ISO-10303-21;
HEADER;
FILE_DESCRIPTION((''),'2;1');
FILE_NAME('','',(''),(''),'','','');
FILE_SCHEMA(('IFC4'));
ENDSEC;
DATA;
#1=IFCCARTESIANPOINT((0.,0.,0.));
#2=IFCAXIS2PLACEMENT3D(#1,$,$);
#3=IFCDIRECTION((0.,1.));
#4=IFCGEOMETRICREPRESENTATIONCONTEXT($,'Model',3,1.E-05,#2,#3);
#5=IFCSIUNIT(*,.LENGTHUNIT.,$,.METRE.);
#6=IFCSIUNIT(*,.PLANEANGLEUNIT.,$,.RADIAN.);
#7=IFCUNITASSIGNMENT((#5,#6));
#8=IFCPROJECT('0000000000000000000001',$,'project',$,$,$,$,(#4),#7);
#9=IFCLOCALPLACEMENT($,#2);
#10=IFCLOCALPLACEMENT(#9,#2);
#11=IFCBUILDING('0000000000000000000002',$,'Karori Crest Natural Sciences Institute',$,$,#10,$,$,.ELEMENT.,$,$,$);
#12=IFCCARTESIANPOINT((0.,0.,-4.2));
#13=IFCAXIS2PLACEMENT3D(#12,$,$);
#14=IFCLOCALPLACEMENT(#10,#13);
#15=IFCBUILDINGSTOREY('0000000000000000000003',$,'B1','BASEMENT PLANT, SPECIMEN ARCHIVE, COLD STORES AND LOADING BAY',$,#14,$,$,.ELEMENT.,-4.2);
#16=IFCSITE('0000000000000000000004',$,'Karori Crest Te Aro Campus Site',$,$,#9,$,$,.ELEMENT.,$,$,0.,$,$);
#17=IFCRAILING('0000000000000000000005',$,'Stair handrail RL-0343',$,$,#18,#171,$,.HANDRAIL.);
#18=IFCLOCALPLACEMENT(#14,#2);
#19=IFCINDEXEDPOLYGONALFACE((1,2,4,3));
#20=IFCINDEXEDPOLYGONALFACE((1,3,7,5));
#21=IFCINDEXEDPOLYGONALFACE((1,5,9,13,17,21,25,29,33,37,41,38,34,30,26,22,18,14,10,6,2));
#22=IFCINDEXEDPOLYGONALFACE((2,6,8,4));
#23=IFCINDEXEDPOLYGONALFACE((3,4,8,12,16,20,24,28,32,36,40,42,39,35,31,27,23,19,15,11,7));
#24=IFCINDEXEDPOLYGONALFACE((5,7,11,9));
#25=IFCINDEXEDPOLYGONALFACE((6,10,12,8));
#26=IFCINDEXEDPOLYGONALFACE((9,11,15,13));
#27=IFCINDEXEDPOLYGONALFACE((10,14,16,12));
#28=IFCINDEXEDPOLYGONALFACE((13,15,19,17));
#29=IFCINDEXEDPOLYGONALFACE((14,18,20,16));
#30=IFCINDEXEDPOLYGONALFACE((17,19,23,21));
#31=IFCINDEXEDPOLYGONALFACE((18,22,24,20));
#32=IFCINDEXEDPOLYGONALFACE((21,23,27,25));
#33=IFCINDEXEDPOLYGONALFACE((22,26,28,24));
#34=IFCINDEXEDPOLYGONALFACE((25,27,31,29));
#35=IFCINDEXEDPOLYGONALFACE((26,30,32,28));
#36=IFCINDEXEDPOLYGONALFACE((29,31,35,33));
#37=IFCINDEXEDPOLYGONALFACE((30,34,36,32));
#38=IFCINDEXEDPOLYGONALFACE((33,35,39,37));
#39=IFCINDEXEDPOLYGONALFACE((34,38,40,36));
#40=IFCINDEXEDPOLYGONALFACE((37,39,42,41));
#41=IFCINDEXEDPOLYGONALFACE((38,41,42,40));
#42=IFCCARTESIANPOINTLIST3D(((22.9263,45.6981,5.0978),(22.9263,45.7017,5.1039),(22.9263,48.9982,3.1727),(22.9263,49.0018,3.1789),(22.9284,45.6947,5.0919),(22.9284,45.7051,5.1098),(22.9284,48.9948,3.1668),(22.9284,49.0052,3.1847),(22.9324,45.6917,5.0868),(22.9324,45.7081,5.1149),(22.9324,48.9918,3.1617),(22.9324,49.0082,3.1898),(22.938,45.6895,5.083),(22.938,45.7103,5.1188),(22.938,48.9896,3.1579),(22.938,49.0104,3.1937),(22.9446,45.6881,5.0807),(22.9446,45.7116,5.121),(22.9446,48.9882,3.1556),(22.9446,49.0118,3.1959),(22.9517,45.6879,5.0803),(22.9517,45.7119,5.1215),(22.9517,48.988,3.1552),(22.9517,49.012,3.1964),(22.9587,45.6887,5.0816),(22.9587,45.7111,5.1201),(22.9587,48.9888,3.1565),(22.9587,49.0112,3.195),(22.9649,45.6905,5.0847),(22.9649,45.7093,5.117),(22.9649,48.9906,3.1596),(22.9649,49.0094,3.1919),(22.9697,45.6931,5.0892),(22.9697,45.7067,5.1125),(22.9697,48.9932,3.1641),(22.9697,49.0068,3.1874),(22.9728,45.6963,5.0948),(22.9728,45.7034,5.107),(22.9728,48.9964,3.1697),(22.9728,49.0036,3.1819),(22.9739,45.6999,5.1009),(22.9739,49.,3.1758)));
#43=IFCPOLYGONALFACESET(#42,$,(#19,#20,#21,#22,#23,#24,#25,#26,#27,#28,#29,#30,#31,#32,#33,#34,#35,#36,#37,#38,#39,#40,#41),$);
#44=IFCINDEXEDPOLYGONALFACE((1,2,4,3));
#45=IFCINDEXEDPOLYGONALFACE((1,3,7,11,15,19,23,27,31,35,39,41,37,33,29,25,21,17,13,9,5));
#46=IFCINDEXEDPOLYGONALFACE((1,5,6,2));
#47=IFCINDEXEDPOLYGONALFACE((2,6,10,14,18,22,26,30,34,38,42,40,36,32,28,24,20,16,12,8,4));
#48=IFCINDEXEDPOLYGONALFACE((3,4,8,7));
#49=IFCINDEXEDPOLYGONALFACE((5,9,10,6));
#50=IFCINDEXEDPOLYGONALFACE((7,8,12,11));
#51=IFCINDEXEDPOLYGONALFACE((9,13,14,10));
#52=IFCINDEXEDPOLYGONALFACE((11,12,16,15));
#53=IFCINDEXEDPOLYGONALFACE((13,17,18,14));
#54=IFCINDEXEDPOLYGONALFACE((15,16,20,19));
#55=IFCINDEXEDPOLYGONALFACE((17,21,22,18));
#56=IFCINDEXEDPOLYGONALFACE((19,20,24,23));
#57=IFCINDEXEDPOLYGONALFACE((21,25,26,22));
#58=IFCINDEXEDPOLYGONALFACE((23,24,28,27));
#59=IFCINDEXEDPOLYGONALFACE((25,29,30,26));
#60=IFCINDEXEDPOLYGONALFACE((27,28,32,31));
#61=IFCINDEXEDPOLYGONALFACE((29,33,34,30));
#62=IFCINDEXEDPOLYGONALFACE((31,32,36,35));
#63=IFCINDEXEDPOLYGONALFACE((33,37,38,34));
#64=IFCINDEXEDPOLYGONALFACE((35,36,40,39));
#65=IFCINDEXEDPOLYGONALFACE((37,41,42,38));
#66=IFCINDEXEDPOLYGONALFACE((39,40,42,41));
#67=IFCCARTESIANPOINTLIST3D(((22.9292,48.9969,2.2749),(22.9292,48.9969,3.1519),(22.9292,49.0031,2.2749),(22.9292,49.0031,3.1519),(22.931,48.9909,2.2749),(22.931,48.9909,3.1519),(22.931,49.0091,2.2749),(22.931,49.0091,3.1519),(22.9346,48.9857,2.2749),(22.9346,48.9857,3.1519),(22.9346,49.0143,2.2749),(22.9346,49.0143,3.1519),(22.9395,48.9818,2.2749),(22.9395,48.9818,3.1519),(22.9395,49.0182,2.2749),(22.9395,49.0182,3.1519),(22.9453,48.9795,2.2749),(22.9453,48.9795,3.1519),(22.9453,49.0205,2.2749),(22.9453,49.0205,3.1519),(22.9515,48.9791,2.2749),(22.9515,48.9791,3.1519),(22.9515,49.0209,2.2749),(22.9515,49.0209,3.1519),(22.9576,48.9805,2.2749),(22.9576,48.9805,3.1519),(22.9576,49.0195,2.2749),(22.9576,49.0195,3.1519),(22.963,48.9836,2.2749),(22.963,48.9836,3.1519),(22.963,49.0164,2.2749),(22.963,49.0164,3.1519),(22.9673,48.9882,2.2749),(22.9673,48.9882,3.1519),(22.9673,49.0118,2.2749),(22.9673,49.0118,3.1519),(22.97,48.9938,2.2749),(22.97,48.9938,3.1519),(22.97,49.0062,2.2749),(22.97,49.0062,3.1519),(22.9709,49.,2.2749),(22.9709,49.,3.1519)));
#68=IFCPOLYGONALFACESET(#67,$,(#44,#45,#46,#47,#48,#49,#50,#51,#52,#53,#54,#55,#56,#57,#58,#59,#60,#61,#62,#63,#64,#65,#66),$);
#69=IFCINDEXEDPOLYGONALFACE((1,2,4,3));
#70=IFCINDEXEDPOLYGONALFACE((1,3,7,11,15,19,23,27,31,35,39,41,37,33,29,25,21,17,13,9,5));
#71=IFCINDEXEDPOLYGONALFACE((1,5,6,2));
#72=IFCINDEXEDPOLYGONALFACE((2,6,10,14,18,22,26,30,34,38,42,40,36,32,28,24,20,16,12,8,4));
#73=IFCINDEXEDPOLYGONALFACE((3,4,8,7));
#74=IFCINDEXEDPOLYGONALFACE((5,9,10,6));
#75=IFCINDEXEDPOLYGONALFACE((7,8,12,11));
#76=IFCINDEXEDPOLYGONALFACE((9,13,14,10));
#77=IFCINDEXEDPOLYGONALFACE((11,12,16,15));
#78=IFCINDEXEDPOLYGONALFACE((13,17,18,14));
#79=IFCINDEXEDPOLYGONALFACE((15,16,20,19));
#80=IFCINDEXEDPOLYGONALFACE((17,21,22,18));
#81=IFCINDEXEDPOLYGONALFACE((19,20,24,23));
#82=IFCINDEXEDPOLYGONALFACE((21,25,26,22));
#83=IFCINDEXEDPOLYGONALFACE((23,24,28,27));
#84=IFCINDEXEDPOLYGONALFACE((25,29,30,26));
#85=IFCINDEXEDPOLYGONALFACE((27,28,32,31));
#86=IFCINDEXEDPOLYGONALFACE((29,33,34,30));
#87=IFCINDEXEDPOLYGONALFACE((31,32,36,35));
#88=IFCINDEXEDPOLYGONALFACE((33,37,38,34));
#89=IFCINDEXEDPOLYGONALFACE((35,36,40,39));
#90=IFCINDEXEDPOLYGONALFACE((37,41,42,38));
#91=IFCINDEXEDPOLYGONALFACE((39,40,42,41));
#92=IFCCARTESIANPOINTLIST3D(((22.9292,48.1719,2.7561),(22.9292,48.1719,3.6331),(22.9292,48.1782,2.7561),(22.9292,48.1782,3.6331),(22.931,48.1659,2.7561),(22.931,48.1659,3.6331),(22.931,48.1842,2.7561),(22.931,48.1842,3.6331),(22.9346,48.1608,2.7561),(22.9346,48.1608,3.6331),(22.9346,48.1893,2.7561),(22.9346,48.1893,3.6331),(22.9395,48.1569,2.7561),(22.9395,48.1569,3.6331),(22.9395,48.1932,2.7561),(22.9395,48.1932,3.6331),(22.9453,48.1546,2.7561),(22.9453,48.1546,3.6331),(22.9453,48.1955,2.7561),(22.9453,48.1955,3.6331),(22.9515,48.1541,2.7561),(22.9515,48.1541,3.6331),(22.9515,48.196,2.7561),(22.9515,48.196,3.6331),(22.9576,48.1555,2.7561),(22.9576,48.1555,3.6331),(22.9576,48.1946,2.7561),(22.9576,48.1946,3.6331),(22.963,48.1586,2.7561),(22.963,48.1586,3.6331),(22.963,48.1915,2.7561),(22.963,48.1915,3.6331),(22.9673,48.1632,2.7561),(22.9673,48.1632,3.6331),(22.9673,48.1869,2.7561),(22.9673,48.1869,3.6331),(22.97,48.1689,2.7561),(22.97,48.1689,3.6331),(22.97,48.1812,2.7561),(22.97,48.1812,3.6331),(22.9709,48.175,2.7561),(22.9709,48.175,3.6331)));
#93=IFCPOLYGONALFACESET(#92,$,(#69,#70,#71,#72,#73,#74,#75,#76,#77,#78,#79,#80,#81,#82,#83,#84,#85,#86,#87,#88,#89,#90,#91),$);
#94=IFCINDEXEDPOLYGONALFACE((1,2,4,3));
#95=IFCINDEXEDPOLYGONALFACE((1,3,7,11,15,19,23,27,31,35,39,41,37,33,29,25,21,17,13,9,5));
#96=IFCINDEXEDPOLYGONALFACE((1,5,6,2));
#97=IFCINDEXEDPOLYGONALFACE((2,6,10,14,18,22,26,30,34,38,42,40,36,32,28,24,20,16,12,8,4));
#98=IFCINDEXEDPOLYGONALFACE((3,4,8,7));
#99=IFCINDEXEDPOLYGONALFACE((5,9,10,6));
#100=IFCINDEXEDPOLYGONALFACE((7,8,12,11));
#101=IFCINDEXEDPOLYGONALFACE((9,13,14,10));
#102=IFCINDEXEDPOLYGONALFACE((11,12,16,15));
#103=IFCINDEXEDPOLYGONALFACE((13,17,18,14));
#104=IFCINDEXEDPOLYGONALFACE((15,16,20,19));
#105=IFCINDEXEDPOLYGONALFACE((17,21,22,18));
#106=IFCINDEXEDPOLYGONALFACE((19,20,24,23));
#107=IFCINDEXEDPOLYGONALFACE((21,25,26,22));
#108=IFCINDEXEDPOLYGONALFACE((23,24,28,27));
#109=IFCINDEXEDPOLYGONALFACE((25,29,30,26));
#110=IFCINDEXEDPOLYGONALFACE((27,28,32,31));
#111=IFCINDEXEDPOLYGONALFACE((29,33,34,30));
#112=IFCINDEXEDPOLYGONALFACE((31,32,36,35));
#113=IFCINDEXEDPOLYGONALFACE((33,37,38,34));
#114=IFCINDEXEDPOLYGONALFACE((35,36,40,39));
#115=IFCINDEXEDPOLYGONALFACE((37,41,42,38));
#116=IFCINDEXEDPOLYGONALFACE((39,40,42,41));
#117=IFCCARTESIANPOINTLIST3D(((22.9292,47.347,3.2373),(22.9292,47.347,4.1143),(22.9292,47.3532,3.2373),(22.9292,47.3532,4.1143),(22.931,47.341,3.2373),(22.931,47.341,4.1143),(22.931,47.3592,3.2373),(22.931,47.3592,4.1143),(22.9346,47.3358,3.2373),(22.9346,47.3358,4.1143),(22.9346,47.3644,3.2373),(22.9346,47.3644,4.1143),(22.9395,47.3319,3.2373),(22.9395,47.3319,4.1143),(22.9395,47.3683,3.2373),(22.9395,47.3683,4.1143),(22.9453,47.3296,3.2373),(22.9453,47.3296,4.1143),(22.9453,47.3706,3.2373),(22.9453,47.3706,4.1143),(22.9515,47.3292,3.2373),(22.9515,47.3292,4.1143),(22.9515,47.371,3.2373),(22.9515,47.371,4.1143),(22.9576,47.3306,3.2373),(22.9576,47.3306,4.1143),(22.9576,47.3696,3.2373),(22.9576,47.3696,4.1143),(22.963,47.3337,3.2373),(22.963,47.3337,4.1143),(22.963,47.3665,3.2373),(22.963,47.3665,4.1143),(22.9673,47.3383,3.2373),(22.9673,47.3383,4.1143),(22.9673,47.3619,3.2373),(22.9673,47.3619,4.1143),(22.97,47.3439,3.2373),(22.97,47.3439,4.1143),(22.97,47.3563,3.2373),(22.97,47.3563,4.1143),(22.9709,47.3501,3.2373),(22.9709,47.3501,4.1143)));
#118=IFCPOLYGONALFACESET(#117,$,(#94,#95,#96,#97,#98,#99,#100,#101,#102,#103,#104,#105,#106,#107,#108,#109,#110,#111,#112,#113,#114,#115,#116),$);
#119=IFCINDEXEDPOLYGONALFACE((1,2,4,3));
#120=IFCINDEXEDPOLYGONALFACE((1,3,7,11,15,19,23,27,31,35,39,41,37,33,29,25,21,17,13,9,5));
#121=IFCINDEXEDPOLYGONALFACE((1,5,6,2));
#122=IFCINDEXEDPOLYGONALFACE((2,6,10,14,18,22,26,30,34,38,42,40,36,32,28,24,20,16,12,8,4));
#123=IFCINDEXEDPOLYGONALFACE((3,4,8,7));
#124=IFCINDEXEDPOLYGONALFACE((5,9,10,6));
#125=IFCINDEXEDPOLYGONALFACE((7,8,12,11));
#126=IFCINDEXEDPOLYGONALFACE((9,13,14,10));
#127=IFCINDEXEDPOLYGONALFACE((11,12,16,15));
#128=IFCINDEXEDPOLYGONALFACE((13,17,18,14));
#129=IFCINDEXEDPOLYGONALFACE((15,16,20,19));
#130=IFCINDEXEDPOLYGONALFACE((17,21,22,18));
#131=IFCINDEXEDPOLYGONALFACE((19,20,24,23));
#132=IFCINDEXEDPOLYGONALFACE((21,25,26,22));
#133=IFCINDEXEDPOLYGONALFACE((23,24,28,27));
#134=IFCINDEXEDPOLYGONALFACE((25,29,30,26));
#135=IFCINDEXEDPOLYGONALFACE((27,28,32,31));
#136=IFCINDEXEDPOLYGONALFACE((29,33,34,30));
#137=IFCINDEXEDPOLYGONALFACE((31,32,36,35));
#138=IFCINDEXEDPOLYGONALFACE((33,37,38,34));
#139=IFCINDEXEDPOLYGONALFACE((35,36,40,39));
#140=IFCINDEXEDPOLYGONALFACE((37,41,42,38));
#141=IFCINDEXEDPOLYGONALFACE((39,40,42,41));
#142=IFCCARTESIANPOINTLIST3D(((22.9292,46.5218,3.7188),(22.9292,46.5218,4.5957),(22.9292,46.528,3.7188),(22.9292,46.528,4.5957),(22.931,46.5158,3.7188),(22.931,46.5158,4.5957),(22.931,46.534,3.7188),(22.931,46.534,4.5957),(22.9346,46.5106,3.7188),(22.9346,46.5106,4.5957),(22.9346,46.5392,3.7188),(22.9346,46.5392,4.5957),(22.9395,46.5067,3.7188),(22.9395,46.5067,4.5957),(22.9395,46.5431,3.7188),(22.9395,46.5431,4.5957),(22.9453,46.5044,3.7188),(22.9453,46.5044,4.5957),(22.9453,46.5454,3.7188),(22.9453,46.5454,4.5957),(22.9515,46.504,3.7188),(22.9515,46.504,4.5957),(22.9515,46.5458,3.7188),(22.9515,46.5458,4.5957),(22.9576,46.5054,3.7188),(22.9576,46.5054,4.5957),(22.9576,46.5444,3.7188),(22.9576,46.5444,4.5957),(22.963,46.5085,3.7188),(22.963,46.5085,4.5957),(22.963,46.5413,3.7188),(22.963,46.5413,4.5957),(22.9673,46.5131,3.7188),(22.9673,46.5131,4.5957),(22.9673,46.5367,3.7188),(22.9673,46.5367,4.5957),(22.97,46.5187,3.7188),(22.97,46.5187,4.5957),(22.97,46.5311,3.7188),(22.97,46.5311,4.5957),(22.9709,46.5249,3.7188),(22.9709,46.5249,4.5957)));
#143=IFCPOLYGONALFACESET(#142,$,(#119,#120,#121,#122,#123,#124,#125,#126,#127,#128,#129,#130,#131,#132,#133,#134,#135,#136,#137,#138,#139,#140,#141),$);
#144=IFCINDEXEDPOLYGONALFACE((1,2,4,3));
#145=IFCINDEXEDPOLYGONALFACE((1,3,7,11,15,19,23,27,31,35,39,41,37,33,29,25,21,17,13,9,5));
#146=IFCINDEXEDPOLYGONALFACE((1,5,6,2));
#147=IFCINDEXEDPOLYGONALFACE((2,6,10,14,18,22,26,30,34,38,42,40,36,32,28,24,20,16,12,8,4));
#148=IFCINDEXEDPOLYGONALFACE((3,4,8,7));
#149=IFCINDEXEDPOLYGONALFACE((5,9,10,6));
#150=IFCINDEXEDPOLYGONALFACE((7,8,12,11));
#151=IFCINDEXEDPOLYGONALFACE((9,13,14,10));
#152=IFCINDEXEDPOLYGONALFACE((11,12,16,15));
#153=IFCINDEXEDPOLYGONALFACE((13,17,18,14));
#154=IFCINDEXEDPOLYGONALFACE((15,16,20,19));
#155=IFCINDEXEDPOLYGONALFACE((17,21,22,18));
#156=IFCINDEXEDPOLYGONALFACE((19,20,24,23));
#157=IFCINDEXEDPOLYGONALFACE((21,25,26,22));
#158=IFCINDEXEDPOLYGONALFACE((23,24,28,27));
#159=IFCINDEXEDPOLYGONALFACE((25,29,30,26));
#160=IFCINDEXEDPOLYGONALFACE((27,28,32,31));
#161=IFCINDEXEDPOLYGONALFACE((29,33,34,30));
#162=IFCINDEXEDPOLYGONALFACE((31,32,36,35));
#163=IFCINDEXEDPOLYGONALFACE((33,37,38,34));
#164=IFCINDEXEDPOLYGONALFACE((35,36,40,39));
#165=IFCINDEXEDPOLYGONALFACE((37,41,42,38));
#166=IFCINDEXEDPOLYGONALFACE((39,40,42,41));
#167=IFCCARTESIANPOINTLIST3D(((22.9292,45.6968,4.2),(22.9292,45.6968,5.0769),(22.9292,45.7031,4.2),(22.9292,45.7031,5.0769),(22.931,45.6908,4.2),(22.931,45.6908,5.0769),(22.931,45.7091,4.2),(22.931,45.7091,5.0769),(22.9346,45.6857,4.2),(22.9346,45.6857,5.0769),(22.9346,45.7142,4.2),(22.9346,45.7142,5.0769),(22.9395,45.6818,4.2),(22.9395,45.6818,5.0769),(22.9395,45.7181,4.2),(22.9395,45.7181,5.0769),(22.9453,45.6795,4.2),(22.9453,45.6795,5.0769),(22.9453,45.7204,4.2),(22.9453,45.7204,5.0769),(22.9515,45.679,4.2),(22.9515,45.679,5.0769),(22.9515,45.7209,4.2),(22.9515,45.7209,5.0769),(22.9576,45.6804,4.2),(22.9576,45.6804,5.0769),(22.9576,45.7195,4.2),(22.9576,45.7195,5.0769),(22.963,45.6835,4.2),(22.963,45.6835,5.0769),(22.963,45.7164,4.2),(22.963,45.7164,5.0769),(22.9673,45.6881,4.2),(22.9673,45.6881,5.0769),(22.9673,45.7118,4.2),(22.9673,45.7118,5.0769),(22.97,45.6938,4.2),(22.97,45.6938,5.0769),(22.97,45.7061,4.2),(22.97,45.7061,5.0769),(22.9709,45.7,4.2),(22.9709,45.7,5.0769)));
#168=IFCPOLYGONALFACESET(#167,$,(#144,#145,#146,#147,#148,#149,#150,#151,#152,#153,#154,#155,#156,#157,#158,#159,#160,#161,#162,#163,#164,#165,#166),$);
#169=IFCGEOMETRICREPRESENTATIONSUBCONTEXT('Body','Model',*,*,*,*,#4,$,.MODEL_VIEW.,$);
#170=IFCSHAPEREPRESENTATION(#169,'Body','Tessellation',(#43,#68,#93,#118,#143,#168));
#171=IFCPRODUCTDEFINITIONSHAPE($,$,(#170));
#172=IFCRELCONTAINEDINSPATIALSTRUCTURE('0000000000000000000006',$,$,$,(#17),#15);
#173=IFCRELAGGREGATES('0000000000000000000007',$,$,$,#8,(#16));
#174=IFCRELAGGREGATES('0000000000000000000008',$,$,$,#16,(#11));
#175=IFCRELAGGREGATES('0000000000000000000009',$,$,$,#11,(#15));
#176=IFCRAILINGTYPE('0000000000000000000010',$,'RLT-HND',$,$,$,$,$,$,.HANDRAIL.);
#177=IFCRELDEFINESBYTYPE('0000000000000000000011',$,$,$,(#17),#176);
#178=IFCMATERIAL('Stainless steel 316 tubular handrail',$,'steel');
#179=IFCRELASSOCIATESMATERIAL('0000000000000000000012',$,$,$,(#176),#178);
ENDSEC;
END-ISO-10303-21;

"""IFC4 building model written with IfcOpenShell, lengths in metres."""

from ifc_helpers import new_model, si_unit, direction, frame, origin, origin_2d, place, context, subcontext, project, spatial, circle, extrude, material, type_object, element, save


model = new_model("IFC4")

# Units and contexts
model_context = context("Model", 3, precision=1e-05, world=origin(), true_north=direction((0.0, 1.0)))
body_context = subcontext(model_context, "Body", "Model", "MODEL_VIEW")
ifc_project = project(units=[si_unit("LENGTHUNIT", "METRE"), si_unit("PLANEANGLEUNIT", "RADIAN")], contexts=[model_context])

# Site, building, storey
site_placement = place(None, origin())
site = spatial("IfcSite", under=ifc_project, at=site_placement, Name="Karori Crest Te Aro Campus Site", CompositionType="ELEMENT", RefElevation=0.0)
building_placement = place(site_placement, origin())
building = spatial("IfcBuilding", under=site, at=building_placement, Name="Karori Crest Natural Sciences Institute", CompositionType="ELEMENT")
storey_placement = place(building_placement, frame((0.0, 0.0, -4.2)))
storey = spatial("IfcBuildingStorey", under=building, at=storey_placement, Name="B1", Description="BASEMENT PLANT, SPECIMEN ARCHIVE, COLD STORES AND LOADING BAY", CompositionType="ELEMENT", Elevation=-4.2)

# Railing
ifc_material_1 = material(Name="Stainless steel 316 tubular handrail", Category="steel")
railing_type_1 = type_object("IfcRailingType", Name="RLT-HND", PredefinedType="HANDRAIL", material=ifc_material_1)
railing_1_placement = place(storey_placement, frame((22.95, 49.0, 2.2749)))
element("IfcRailing", 1, at=railing_1_placement, inside=storey, type_object=railing_type_1, Name="Stair handrail RL-0343", PredefinedType="HANDRAIL", context=body_context, shape_type="SweptSolid", body=[
    extrude(circle(Radius=0.0239, at=origin_2d()), frame((0.0, 0.0, 0.9009), z_axis=(0.0, -0.863777, 0.503875), x_axis=(1.0, 0.0, 0.0)), (0.0, 0.0, 1.0), 3.8206),
    extrude(circle(Radius=0.021, at=origin_2d()), origin(), (0.0, 0.0, 1.0), 0.877),
    extrude(circle(Radius=0.021, at=origin_2d()), frame((0.0, -0.825, 0.4812)), (0.0, 0.0, 1.0), 0.877),
    extrude(circle(Radius=0.021, at=origin_2d()), frame((0.0, -1.6499, 0.9624)), (0.0, 0.0, 1.0), 0.877),
    extrude(circle(Radius=0.021, at=origin_2d()), frame((0.0, -2.4751, 1.4438)), (0.0, 0.0, 1.0), 0.877),
    extrude(circle(Radius=0.021, at=origin_2d()), frame((0.0, -3.3, 1.925)), (0.0, 0.0, 1.0), 0.877),
])

save(model, "model.ifc")
